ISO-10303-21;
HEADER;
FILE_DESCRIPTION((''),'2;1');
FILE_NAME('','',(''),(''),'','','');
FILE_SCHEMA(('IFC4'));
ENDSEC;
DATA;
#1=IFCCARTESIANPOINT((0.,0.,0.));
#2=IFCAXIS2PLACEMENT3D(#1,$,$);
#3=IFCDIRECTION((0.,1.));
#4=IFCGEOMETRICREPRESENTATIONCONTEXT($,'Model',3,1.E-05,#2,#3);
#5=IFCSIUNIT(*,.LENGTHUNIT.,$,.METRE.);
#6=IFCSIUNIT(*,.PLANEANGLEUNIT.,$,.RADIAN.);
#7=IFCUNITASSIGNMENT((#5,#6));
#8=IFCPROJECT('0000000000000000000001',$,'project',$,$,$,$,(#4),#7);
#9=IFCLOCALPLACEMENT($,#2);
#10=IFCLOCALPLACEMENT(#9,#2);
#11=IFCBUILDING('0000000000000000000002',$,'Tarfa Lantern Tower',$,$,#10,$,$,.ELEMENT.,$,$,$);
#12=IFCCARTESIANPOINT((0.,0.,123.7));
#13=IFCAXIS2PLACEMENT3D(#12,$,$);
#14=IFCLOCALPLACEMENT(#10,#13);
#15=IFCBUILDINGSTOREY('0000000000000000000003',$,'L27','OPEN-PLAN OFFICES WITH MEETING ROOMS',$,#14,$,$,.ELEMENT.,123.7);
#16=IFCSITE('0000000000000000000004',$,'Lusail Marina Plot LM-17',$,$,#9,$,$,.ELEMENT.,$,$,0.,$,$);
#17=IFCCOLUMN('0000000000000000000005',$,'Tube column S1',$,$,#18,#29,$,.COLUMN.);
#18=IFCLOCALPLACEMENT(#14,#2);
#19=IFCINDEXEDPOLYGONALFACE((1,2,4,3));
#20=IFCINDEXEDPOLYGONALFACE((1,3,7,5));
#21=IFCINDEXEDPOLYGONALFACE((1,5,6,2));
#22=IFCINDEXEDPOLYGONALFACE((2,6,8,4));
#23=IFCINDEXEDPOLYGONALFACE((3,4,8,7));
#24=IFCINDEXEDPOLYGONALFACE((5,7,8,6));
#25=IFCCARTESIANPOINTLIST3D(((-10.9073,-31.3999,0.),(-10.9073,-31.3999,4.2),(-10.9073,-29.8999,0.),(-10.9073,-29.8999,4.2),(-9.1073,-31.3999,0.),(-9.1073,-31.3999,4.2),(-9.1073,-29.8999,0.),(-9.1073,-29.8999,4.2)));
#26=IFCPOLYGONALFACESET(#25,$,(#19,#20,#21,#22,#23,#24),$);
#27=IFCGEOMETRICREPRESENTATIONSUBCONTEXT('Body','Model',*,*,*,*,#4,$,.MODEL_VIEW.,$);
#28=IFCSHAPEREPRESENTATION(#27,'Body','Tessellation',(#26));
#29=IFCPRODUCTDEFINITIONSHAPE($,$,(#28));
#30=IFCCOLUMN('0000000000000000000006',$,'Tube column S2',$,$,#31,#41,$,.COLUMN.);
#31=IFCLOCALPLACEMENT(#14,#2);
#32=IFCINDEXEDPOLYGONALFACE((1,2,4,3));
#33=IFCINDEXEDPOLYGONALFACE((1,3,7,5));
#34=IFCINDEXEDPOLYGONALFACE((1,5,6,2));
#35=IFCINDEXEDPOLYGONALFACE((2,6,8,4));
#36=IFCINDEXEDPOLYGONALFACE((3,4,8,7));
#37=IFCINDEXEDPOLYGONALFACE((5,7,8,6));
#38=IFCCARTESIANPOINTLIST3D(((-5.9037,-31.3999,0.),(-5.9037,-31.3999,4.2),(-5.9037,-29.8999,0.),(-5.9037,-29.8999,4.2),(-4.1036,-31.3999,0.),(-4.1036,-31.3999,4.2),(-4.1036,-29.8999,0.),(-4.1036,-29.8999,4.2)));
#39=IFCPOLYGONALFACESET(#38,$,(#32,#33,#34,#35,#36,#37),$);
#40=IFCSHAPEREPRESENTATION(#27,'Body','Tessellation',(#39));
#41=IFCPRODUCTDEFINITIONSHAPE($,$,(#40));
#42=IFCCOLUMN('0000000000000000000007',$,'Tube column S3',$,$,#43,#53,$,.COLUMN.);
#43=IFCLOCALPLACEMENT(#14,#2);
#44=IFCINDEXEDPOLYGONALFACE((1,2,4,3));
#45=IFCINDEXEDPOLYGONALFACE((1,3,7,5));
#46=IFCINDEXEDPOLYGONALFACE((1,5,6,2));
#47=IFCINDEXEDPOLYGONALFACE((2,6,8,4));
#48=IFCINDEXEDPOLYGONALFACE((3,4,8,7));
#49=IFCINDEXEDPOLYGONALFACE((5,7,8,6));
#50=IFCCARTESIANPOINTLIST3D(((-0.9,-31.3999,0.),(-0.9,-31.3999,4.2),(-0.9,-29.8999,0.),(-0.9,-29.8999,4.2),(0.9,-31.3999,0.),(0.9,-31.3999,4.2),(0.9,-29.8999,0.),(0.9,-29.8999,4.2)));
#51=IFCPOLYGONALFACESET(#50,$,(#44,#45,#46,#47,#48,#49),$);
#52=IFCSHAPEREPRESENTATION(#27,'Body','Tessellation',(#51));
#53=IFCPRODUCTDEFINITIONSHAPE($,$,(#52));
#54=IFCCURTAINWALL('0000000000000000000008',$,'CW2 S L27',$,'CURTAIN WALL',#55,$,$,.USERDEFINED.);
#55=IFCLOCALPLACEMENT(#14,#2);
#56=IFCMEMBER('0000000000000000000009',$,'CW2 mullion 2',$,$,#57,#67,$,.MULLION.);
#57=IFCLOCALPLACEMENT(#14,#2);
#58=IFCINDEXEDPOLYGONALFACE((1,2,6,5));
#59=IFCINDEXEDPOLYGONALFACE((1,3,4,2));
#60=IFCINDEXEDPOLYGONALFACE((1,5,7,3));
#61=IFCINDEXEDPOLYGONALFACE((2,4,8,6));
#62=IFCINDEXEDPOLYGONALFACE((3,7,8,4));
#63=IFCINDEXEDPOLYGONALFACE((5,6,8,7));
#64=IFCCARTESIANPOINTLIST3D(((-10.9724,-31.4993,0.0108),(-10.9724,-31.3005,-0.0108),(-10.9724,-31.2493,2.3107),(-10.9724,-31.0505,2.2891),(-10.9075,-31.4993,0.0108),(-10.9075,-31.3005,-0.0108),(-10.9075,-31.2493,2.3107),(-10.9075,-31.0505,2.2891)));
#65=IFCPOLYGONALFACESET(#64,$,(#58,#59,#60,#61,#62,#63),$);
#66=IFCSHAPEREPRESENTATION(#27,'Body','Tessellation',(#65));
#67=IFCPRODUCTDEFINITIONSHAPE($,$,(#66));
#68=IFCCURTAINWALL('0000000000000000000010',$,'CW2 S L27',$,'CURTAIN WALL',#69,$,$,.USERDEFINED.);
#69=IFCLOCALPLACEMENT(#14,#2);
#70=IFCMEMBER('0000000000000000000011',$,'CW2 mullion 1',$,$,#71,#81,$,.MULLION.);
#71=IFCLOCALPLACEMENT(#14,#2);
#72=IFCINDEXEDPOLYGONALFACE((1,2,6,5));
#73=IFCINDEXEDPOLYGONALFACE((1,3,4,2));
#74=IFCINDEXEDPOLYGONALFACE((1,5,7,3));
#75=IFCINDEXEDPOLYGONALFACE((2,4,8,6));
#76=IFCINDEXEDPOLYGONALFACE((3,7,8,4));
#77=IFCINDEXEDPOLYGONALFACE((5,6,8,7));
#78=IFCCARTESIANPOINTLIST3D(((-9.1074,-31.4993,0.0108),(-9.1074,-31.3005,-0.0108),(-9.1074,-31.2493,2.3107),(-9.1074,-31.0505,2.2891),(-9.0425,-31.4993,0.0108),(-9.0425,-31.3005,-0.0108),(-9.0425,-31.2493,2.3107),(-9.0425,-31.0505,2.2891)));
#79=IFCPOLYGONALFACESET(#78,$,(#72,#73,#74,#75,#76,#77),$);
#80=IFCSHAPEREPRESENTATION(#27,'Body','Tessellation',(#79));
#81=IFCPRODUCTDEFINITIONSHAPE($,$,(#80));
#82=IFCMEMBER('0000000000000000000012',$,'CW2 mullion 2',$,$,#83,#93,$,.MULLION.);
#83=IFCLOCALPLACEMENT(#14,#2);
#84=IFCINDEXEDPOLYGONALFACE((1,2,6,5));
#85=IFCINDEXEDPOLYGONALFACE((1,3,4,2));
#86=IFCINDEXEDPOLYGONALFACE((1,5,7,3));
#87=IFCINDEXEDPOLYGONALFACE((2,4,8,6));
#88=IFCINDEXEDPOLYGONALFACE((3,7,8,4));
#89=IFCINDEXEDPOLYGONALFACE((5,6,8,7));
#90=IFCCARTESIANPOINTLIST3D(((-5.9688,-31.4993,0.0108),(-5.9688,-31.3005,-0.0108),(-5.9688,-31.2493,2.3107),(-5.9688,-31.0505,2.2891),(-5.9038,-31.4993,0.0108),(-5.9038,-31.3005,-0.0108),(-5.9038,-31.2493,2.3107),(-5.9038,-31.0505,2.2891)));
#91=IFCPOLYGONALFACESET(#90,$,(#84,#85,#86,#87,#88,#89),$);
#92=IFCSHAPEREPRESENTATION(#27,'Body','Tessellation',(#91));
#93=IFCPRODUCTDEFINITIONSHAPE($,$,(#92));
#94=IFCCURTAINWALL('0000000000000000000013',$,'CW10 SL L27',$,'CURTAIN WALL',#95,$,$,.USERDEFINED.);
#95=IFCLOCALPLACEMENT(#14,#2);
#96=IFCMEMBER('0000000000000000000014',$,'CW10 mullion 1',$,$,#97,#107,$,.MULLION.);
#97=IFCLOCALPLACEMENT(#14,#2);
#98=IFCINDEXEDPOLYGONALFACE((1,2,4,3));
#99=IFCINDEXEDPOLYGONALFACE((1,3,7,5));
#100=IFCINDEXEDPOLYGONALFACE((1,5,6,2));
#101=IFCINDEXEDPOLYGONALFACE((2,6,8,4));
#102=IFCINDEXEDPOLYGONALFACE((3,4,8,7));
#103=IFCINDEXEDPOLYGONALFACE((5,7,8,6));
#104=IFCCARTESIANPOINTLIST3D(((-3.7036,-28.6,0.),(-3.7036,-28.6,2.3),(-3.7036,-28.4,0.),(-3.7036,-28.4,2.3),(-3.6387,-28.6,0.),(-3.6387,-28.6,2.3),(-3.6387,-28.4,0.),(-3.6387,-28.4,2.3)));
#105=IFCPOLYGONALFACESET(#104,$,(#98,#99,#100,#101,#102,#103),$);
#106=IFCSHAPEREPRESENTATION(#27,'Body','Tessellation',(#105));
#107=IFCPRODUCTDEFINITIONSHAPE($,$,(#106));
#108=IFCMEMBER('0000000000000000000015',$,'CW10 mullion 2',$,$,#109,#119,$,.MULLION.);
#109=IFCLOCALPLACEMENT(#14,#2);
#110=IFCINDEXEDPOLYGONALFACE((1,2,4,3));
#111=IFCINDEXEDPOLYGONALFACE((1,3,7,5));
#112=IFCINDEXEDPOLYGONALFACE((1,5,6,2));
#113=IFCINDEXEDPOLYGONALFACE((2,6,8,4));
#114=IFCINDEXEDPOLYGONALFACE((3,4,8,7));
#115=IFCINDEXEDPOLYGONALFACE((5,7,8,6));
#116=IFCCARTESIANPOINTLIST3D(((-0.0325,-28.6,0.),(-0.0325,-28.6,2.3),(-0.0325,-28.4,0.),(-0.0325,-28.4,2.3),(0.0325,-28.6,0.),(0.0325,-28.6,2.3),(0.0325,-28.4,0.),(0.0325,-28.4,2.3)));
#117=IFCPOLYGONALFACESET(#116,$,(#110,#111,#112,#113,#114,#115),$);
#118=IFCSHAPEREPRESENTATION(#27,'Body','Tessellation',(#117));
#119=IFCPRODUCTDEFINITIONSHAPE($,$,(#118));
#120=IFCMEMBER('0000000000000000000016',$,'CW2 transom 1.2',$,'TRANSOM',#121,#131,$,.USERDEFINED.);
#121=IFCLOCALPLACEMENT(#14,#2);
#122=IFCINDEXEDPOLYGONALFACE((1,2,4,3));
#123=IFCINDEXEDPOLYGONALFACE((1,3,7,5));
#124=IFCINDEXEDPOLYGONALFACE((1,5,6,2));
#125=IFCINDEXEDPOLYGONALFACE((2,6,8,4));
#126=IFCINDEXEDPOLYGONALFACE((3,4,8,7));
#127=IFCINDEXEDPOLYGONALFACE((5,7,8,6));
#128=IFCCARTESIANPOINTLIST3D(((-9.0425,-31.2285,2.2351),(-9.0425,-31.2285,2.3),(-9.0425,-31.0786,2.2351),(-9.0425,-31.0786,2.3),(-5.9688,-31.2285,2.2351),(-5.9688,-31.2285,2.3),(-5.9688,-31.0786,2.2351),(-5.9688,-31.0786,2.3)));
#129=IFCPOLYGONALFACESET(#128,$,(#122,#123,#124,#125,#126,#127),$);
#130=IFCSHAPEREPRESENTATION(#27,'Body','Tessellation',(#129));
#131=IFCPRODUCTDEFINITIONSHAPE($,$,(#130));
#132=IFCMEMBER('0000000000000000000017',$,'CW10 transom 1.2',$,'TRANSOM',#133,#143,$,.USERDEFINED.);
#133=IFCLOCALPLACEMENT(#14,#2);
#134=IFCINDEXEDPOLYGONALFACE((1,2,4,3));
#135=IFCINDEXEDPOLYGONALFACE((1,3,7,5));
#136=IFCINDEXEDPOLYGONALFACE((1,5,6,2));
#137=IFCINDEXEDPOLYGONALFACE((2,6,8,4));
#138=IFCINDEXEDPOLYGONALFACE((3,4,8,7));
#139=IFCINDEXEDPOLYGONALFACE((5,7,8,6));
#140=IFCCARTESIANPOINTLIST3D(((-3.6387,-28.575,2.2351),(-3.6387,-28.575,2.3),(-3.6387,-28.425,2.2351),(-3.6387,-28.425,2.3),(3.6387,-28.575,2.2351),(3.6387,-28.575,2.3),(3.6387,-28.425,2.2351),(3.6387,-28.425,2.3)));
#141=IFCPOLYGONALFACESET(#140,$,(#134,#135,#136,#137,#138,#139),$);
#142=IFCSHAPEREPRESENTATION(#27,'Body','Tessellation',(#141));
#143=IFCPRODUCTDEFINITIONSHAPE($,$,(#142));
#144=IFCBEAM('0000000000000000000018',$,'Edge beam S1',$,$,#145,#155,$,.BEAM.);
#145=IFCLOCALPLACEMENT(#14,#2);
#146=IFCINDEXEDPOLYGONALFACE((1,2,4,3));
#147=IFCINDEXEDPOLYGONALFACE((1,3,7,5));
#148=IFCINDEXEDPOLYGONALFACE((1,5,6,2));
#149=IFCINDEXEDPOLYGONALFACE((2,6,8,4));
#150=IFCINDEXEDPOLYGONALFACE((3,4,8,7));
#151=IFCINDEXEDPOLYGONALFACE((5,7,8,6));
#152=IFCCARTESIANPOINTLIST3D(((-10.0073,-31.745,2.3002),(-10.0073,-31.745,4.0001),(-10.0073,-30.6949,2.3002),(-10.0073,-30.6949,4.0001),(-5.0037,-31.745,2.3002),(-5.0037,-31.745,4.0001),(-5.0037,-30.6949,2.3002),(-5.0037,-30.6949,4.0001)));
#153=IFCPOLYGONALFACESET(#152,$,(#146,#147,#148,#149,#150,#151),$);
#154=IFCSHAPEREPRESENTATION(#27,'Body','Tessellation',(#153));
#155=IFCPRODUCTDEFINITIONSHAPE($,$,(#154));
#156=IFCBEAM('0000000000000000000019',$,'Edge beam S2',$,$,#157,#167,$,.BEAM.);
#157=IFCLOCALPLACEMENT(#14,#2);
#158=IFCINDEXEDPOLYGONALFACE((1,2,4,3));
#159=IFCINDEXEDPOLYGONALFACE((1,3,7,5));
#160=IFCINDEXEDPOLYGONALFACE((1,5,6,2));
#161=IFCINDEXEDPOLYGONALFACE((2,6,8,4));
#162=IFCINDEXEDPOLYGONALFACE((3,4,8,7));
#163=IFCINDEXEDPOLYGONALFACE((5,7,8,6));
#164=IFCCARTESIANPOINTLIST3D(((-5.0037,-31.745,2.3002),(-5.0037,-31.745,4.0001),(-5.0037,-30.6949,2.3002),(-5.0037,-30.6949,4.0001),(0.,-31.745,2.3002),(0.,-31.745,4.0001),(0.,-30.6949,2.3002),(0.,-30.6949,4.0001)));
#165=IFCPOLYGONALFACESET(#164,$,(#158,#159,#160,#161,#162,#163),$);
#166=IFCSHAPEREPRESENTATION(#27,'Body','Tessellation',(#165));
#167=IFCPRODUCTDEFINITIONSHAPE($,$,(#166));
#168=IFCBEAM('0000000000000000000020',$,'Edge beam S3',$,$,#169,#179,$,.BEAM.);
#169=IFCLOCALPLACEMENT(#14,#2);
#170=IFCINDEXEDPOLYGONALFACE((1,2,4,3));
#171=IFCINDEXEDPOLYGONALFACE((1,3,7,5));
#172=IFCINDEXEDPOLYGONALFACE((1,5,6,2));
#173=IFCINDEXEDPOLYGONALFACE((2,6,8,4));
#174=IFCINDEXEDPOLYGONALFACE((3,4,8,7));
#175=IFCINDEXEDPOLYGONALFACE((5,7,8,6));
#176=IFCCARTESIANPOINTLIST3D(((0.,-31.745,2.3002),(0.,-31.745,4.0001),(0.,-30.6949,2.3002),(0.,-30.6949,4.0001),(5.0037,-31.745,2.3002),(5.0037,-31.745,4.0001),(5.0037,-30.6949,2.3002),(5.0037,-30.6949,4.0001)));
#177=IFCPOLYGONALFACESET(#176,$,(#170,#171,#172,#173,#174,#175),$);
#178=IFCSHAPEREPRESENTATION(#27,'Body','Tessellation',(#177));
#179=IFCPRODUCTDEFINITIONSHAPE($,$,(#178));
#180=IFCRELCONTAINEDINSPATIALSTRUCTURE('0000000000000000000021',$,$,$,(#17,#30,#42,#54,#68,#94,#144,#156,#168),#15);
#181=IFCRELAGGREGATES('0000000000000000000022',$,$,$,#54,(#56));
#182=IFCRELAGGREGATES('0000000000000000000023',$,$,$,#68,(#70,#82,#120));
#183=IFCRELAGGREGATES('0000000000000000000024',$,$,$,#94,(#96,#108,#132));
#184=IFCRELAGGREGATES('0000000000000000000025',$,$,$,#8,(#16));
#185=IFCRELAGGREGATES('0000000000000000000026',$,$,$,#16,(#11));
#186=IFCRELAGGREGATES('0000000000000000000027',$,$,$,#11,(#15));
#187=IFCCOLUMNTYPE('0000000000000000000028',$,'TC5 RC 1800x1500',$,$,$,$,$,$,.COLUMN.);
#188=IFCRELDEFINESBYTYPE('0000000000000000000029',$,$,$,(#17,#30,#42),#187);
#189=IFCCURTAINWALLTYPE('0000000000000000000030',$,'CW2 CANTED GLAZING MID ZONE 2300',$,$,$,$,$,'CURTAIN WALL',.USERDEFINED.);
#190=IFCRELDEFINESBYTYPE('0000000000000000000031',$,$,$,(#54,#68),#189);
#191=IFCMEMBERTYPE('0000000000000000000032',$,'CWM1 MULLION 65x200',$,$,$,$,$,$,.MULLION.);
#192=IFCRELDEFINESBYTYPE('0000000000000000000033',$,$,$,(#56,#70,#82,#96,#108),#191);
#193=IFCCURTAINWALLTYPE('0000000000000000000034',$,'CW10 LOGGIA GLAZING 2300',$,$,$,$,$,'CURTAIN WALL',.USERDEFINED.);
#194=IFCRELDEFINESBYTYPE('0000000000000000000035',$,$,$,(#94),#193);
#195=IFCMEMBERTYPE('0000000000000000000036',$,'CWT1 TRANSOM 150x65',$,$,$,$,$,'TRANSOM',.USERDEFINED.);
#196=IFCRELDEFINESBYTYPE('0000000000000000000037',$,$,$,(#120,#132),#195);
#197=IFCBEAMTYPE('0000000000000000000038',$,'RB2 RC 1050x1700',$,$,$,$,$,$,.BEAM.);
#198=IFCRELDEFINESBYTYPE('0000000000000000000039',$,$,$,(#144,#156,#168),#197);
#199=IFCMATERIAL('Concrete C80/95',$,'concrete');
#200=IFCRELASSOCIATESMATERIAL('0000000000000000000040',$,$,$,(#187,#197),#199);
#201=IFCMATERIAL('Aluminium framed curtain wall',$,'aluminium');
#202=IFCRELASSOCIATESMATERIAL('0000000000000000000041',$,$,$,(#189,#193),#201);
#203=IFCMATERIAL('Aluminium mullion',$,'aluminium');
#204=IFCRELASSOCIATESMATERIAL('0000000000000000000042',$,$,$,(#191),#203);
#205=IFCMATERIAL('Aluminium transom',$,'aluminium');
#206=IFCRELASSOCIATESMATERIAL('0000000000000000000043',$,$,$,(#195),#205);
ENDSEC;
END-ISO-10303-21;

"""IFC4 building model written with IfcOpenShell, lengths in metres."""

from ifc_helpers import new_model, si_unit, direction, frame, origin, origin_2d, place, context, subcontext, project, spatial, rectangle, extrude, material, material_profile, profile_set, type_object, element, aggregate, save


model = new_model("IFC4")

# Units and contexts
model_context = context("Model", 3, precision=1e-05, world=origin(), true_north=direction((0.0, 1.0)))
body_context = subcontext(model_context, "Body", "Model", "MODEL_VIEW")
ifc_project = project(units=[si_unit("LENGTHUNIT", "METRE"), si_unit("PLANEANGLEUNIT", "RADIAN")], contexts=[model_context])

# Site, building, storey
site_placement = place(None, origin())
site = spatial("IfcSite", under=ifc_project, at=site_placement, Name="Lusail Marina Plot LM-17", CompositionType="ELEMENT", RefElevation=0.0)
building_placement = place(site_placement, origin())
building = spatial("IfcBuilding", under=site, at=building_placement, Name="Tarfa Lantern Tower", CompositionType="ELEMENT")
storey_placement = place(building_placement, frame((0.0, 0.0, 123.7)))
storey = spatial("IfcBuildingStorey", under=building, at=storey_placement, Name="L27", Description="OPEN-PLAN OFFICES WITH MEETING ROOMS", CompositionType="ELEMENT", Elevation=123.7)

# Columns
ifc_material_1 = material(Name="Concrete C80/95", Category="concrete")
ifc_material_profile_1 = material_profile(ifc_material_1, rectangle(XDim=1.8, YDim=1.5, at=origin_2d()), Name="RC 1800x1500")
ifc_profile_set_1 = profile_set([ifc_material_profile_1], Name="Concrete C80/95")
column_type = type_object("IfcColumnType", Name="TC5 RC 1800x1500", PredefinedType="COLUMN", material=ifc_profile_set_1)
for number, where, z_axis, x_axis, name in (
    (1, (-10.0073, -30.6499, 0.0), (0.0, 0.0, 1.0), (1.0, 0.0, 0.0), "Tube column S1"),
    (2, (-5.0037, -30.6499, 0.0), (0.0, 0.0, 1.0), (1.0, 0.0, 0.0), "Tube column S2"),
    (3, (0.0, -30.6499, 0.0), (0.0, 0.0, 1.0), (1.0, 0.0, 0.0), "Tube column S3"),
):
    element("IfcColumn", number, at=place(storey_placement, frame(where, z_axis=z_axis, x_axis=x_axis)), inside=storey, type_object=column_type, Name=name, PredefinedType="COLUMN", context=body_context, shape_type="SweptSolid", body=[
        extrude(rectangle(XDim=1.8, YDim=1.5, at=origin_2d()), origin(), (0.0, 0.0, 1.0), 4.2),
    ])

# Curtain wall, member
ifc_material_2 = material(Name="Aluminium framed curtain wall", Category="aluminium")
curtain_wall_type_1 = type_object("IfcCurtainWallType", Name="CW2 CANTED GLAZING MID ZONE 2300", ElementType="CURTAIN WALL", PredefinedType="USERDEFINED", material=ifc_material_2)
curtain_wall_1_placement = place(storey_placement, origin())
curtain_wall_1 = element("IfcCurtainWall", 4, at=curtain_wall_1_placement, inside=storey, type_object=curtain_wall_type_1, Name="CW2 S L27", ObjectType="CURTAIN WALL", PredefinedType="USERDEFINED")
ifc_material_3 = material(Name="Aluminium mullion", Category="aluminium")
ifc_material_profile_2 = material_profile(ifc_material_3, rectangle(XDim=0.0649, YDim=0.2, at=origin_2d()), Name="AL MULLION 65x200")
ifc_profile_set_2 = profile_set([ifc_material_profile_2], Name="Aluminium mullion")
member_type_1 = type_object("IfcMemberType", Name="CWM1 MULLION 65x200", PredefinedType="MULLION", material=ifc_profile_set_2)
member_1_placement = place(storey_placement, frame((-10.9399, -31.3999, 0.0), z_axis=(0.0, 0.108057, 0.994145), x_axis=(-1.0, 0.0, 0.0)))
member_1 = element("IfcMember", 5, at=member_1_placement, type_object=member_type_1, Name="CW2 mullion 2", PredefinedType="MULLION", context=body_context, shape_type="SweptSolid", body=[
    extrude(rectangle(XDim=0.0649, YDim=0.2, at=origin_2d()), origin(), (0.0, 0.0, 1.0), 2.3135),
])
aggregate(curtain_wall_1, [member_1])

# Curtain walls, members
curtain_wall_2_placement = place(storey_placement, origin())
curtain_wall_2 = element("IfcCurtainWall", 6, at=curtain_wall_2_placement, inside=storey, type_object=curtain_wall_type_1, Name="CW2 S L27", ObjectType="CURTAIN WALL", PredefinedType="USERDEFINED")
member_2_placement = place(storey_placement, frame((-9.075, -31.3999, 0.0), z_axis=(0.0, 0.108057, 0.994145), x_axis=(-1.0, 0.0, 0.0)))
member_2 = element("IfcMember", 7, at=member_2_placement, type_object=member_type_1, Name="CW2 mullion 1", PredefinedType="MULLION", context=body_context, shape_type="SweptSolid", body=[
    extrude(rectangle(XDim=0.0649, YDim=0.2, at=origin_2d()), origin(), (0.0, 0.0, 1.0), 2.3135),
])
member_3_placement = place(storey_placement, frame((-5.9363, -31.3999, 0.0), z_axis=(0.0, 0.108057, 0.994145), x_axis=(-1.0, 0.0, 0.0)))
member_3 = element("IfcMember", 8, at=member_3_placement, type_object=member_type_1, Name="CW2 mullion 2", PredefinedType="MULLION", context=body_context, shape_type="SweptSolid", body=[
    extrude(rectangle(XDim=0.0649, YDim=0.2, at=origin_2d()), origin(), (0.0, 0.0, 1.0), 2.3135),
])
curtain_wall_type_2 = type_object("IfcCurtainWallType", Name="CW10 LOGGIA GLAZING 2300", ElementType="CURTAIN WALL", PredefinedType="USERDEFINED", material=ifc_material_2)
curtain_wall_3_placement = place(storey_placement, origin())
curtain_wall_3 = element("IfcCurtainWall", 9, at=curtain_wall_3_placement, inside=storey, type_object=curtain_wall_type_2, Name="CW10 SL L27", ObjectType="CURTAIN WALL", PredefinedType="USERDEFINED")
member_4_placement = place(storey_placement, frame((-3.6711, -28.5, 0.0), z_axis=(0.0, 0.0, 1.0), x_axis=(1.0, 0.0, 0.0)))
member_4 = element("IfcMember", 10, at=member_4_placement, type_object=member_type_1, Name="CW10 mullion 1", PredefinedType="MULLION", context=body_context, shape_type="SweptSolid", body=[
    extrude(rectangle(XDim=0.0649, YDim=0.2, at=origin_2d()), origin(), (0.0, 0.0, 1.0), 2.3),
])
member_5_placement = place(storey_placement, frame((0.0, -28.5, 0.0), z_axis=(0.0, 0.0, 1.0), x_axis=(1.0, 0.0, 0.0)))
member_5 = element("IfcMember", 11, at=member_5_placement, type_object=member_type_1, Name="CW10 mullion 2", PredefinedType="MULLION", context=body_context, shape_type="SweptSolid", body=[
    extrude(rectangle(XDim=0.0649, YDim=0.2, at=origin_2d()), origin(), (0.0, 0.0, 1.0), 2.3),
])

# Members
ifc_material_4 = material(Name="Aluminium transom", Category="aluminium")
ifc_material_profile_3 = material_profile(ifc_material_4, rectangle(XDim=0.1499, YDim=0.0649, at=origin_2d()), Name="AL TRANSOM 150x65")
ifc_profile_set_3 = profile_set([ifc_material_profile_3], Name="Aluminium transom")
member_type_2 = type_object("IfcMemberType", Name="CWT1 TRANSOM 150x65", ElementType="TRANSOM", PredefinedType="USERDEFINED", material=ifc_profile_set_3)
member_6_placement = place(storey_placement, frame((-9.0425, -31.1536, 2.2676), z_axis=(1.0, 0.0, 0.0), x_axis=(0.0, 1.0, 0.0)))
member_6 = element("IfcMember", 12, at=member_6_placement, type_object=member_type_2, Name="CW2 transom 1.2", ObjectType="TRANSOM", PredefinedType="USERDEFINED", context=body_context, shape_type="SweptSolid", body=[
    extrude(rectangle(XDim=0.1499, YDim=0.0649, at=origin_2d()), origin(), (0.0, 0.0, 1.0), 3.0737),
])
member_7_placement = place(storey_placement, frame((-3.6387, -28.5, 2.2676), z_axis=(1.0, 0.0, 0.0), x_axis=(0.0, 1.0, 0.0)))
member_7 = element("IfcMember", 13, at=member_7_placement, type_object=member_type_2, Name="CW10 transom 1.2", ObjectType="TRANSOM", PredefinedType="USERDEFINED", context=body_context, shape_type="SweptSolid", body=[
    extrude(rectangle(XDim=0.1499, YDim=0.0649, at=origin_2d()), origin(), (0.0, 0.0, 1.0), 7.2773),
])

# Beams
ifc_material_profile_4 = material_profile(ifc_material_1, rectangle(XDim=1.05, YDim=1.7, at=origin_2d()), Name="RC 1050x1700")
ifc_profile_set_4 = profile_set([ifc_material_profile_4], Name="Concrete C80/95")
beam_type_1 = type_object("IfcBeamType", Name="RB2 RC 1050x1700", PredefinedType="BEAM", material=ifc_profile_set_4)
for number, where, z_axis, x_axis, name in (
    (14, (-10.0073, -31.22, 3.1501), (1.0, 0.0, 0.0), (0.0, 1.0, 0.0), "Edge beam S1"),
    (15, (-5.0037, -31.22, 3.1501), (1.0, 0.0, 0.0), (0.0, 1.0, 0.0), "Edge beam S2"),
    (16, (0.0, -31.22, 3.1501), (1.0, 0.0, 0.0), (0.0, 1.0, 0.0), "Edge beam S3"),
):
    element("IfcBeam", number, at=place(storey_placement, frame(where, z_axis=z_axis, x_axis=x_axis)), inside=storey, type_object=beam_type_1, Name=name, PredefinedType="BEAM", context=body_context, shape_type="SweptSolid", body=[
        extrude(rectangle(XDim=1.05, YDim=1.7, at=origin_2d()), origin(), (0.0, 0.0, 1.0), 5.0037),
    ])

aggregate(curtain_wall_2, [member_2, member_3, member_6])
aggregate(curtain_wall_3, [member_4, member_5, member_7])

save(model, "model.ifc")
